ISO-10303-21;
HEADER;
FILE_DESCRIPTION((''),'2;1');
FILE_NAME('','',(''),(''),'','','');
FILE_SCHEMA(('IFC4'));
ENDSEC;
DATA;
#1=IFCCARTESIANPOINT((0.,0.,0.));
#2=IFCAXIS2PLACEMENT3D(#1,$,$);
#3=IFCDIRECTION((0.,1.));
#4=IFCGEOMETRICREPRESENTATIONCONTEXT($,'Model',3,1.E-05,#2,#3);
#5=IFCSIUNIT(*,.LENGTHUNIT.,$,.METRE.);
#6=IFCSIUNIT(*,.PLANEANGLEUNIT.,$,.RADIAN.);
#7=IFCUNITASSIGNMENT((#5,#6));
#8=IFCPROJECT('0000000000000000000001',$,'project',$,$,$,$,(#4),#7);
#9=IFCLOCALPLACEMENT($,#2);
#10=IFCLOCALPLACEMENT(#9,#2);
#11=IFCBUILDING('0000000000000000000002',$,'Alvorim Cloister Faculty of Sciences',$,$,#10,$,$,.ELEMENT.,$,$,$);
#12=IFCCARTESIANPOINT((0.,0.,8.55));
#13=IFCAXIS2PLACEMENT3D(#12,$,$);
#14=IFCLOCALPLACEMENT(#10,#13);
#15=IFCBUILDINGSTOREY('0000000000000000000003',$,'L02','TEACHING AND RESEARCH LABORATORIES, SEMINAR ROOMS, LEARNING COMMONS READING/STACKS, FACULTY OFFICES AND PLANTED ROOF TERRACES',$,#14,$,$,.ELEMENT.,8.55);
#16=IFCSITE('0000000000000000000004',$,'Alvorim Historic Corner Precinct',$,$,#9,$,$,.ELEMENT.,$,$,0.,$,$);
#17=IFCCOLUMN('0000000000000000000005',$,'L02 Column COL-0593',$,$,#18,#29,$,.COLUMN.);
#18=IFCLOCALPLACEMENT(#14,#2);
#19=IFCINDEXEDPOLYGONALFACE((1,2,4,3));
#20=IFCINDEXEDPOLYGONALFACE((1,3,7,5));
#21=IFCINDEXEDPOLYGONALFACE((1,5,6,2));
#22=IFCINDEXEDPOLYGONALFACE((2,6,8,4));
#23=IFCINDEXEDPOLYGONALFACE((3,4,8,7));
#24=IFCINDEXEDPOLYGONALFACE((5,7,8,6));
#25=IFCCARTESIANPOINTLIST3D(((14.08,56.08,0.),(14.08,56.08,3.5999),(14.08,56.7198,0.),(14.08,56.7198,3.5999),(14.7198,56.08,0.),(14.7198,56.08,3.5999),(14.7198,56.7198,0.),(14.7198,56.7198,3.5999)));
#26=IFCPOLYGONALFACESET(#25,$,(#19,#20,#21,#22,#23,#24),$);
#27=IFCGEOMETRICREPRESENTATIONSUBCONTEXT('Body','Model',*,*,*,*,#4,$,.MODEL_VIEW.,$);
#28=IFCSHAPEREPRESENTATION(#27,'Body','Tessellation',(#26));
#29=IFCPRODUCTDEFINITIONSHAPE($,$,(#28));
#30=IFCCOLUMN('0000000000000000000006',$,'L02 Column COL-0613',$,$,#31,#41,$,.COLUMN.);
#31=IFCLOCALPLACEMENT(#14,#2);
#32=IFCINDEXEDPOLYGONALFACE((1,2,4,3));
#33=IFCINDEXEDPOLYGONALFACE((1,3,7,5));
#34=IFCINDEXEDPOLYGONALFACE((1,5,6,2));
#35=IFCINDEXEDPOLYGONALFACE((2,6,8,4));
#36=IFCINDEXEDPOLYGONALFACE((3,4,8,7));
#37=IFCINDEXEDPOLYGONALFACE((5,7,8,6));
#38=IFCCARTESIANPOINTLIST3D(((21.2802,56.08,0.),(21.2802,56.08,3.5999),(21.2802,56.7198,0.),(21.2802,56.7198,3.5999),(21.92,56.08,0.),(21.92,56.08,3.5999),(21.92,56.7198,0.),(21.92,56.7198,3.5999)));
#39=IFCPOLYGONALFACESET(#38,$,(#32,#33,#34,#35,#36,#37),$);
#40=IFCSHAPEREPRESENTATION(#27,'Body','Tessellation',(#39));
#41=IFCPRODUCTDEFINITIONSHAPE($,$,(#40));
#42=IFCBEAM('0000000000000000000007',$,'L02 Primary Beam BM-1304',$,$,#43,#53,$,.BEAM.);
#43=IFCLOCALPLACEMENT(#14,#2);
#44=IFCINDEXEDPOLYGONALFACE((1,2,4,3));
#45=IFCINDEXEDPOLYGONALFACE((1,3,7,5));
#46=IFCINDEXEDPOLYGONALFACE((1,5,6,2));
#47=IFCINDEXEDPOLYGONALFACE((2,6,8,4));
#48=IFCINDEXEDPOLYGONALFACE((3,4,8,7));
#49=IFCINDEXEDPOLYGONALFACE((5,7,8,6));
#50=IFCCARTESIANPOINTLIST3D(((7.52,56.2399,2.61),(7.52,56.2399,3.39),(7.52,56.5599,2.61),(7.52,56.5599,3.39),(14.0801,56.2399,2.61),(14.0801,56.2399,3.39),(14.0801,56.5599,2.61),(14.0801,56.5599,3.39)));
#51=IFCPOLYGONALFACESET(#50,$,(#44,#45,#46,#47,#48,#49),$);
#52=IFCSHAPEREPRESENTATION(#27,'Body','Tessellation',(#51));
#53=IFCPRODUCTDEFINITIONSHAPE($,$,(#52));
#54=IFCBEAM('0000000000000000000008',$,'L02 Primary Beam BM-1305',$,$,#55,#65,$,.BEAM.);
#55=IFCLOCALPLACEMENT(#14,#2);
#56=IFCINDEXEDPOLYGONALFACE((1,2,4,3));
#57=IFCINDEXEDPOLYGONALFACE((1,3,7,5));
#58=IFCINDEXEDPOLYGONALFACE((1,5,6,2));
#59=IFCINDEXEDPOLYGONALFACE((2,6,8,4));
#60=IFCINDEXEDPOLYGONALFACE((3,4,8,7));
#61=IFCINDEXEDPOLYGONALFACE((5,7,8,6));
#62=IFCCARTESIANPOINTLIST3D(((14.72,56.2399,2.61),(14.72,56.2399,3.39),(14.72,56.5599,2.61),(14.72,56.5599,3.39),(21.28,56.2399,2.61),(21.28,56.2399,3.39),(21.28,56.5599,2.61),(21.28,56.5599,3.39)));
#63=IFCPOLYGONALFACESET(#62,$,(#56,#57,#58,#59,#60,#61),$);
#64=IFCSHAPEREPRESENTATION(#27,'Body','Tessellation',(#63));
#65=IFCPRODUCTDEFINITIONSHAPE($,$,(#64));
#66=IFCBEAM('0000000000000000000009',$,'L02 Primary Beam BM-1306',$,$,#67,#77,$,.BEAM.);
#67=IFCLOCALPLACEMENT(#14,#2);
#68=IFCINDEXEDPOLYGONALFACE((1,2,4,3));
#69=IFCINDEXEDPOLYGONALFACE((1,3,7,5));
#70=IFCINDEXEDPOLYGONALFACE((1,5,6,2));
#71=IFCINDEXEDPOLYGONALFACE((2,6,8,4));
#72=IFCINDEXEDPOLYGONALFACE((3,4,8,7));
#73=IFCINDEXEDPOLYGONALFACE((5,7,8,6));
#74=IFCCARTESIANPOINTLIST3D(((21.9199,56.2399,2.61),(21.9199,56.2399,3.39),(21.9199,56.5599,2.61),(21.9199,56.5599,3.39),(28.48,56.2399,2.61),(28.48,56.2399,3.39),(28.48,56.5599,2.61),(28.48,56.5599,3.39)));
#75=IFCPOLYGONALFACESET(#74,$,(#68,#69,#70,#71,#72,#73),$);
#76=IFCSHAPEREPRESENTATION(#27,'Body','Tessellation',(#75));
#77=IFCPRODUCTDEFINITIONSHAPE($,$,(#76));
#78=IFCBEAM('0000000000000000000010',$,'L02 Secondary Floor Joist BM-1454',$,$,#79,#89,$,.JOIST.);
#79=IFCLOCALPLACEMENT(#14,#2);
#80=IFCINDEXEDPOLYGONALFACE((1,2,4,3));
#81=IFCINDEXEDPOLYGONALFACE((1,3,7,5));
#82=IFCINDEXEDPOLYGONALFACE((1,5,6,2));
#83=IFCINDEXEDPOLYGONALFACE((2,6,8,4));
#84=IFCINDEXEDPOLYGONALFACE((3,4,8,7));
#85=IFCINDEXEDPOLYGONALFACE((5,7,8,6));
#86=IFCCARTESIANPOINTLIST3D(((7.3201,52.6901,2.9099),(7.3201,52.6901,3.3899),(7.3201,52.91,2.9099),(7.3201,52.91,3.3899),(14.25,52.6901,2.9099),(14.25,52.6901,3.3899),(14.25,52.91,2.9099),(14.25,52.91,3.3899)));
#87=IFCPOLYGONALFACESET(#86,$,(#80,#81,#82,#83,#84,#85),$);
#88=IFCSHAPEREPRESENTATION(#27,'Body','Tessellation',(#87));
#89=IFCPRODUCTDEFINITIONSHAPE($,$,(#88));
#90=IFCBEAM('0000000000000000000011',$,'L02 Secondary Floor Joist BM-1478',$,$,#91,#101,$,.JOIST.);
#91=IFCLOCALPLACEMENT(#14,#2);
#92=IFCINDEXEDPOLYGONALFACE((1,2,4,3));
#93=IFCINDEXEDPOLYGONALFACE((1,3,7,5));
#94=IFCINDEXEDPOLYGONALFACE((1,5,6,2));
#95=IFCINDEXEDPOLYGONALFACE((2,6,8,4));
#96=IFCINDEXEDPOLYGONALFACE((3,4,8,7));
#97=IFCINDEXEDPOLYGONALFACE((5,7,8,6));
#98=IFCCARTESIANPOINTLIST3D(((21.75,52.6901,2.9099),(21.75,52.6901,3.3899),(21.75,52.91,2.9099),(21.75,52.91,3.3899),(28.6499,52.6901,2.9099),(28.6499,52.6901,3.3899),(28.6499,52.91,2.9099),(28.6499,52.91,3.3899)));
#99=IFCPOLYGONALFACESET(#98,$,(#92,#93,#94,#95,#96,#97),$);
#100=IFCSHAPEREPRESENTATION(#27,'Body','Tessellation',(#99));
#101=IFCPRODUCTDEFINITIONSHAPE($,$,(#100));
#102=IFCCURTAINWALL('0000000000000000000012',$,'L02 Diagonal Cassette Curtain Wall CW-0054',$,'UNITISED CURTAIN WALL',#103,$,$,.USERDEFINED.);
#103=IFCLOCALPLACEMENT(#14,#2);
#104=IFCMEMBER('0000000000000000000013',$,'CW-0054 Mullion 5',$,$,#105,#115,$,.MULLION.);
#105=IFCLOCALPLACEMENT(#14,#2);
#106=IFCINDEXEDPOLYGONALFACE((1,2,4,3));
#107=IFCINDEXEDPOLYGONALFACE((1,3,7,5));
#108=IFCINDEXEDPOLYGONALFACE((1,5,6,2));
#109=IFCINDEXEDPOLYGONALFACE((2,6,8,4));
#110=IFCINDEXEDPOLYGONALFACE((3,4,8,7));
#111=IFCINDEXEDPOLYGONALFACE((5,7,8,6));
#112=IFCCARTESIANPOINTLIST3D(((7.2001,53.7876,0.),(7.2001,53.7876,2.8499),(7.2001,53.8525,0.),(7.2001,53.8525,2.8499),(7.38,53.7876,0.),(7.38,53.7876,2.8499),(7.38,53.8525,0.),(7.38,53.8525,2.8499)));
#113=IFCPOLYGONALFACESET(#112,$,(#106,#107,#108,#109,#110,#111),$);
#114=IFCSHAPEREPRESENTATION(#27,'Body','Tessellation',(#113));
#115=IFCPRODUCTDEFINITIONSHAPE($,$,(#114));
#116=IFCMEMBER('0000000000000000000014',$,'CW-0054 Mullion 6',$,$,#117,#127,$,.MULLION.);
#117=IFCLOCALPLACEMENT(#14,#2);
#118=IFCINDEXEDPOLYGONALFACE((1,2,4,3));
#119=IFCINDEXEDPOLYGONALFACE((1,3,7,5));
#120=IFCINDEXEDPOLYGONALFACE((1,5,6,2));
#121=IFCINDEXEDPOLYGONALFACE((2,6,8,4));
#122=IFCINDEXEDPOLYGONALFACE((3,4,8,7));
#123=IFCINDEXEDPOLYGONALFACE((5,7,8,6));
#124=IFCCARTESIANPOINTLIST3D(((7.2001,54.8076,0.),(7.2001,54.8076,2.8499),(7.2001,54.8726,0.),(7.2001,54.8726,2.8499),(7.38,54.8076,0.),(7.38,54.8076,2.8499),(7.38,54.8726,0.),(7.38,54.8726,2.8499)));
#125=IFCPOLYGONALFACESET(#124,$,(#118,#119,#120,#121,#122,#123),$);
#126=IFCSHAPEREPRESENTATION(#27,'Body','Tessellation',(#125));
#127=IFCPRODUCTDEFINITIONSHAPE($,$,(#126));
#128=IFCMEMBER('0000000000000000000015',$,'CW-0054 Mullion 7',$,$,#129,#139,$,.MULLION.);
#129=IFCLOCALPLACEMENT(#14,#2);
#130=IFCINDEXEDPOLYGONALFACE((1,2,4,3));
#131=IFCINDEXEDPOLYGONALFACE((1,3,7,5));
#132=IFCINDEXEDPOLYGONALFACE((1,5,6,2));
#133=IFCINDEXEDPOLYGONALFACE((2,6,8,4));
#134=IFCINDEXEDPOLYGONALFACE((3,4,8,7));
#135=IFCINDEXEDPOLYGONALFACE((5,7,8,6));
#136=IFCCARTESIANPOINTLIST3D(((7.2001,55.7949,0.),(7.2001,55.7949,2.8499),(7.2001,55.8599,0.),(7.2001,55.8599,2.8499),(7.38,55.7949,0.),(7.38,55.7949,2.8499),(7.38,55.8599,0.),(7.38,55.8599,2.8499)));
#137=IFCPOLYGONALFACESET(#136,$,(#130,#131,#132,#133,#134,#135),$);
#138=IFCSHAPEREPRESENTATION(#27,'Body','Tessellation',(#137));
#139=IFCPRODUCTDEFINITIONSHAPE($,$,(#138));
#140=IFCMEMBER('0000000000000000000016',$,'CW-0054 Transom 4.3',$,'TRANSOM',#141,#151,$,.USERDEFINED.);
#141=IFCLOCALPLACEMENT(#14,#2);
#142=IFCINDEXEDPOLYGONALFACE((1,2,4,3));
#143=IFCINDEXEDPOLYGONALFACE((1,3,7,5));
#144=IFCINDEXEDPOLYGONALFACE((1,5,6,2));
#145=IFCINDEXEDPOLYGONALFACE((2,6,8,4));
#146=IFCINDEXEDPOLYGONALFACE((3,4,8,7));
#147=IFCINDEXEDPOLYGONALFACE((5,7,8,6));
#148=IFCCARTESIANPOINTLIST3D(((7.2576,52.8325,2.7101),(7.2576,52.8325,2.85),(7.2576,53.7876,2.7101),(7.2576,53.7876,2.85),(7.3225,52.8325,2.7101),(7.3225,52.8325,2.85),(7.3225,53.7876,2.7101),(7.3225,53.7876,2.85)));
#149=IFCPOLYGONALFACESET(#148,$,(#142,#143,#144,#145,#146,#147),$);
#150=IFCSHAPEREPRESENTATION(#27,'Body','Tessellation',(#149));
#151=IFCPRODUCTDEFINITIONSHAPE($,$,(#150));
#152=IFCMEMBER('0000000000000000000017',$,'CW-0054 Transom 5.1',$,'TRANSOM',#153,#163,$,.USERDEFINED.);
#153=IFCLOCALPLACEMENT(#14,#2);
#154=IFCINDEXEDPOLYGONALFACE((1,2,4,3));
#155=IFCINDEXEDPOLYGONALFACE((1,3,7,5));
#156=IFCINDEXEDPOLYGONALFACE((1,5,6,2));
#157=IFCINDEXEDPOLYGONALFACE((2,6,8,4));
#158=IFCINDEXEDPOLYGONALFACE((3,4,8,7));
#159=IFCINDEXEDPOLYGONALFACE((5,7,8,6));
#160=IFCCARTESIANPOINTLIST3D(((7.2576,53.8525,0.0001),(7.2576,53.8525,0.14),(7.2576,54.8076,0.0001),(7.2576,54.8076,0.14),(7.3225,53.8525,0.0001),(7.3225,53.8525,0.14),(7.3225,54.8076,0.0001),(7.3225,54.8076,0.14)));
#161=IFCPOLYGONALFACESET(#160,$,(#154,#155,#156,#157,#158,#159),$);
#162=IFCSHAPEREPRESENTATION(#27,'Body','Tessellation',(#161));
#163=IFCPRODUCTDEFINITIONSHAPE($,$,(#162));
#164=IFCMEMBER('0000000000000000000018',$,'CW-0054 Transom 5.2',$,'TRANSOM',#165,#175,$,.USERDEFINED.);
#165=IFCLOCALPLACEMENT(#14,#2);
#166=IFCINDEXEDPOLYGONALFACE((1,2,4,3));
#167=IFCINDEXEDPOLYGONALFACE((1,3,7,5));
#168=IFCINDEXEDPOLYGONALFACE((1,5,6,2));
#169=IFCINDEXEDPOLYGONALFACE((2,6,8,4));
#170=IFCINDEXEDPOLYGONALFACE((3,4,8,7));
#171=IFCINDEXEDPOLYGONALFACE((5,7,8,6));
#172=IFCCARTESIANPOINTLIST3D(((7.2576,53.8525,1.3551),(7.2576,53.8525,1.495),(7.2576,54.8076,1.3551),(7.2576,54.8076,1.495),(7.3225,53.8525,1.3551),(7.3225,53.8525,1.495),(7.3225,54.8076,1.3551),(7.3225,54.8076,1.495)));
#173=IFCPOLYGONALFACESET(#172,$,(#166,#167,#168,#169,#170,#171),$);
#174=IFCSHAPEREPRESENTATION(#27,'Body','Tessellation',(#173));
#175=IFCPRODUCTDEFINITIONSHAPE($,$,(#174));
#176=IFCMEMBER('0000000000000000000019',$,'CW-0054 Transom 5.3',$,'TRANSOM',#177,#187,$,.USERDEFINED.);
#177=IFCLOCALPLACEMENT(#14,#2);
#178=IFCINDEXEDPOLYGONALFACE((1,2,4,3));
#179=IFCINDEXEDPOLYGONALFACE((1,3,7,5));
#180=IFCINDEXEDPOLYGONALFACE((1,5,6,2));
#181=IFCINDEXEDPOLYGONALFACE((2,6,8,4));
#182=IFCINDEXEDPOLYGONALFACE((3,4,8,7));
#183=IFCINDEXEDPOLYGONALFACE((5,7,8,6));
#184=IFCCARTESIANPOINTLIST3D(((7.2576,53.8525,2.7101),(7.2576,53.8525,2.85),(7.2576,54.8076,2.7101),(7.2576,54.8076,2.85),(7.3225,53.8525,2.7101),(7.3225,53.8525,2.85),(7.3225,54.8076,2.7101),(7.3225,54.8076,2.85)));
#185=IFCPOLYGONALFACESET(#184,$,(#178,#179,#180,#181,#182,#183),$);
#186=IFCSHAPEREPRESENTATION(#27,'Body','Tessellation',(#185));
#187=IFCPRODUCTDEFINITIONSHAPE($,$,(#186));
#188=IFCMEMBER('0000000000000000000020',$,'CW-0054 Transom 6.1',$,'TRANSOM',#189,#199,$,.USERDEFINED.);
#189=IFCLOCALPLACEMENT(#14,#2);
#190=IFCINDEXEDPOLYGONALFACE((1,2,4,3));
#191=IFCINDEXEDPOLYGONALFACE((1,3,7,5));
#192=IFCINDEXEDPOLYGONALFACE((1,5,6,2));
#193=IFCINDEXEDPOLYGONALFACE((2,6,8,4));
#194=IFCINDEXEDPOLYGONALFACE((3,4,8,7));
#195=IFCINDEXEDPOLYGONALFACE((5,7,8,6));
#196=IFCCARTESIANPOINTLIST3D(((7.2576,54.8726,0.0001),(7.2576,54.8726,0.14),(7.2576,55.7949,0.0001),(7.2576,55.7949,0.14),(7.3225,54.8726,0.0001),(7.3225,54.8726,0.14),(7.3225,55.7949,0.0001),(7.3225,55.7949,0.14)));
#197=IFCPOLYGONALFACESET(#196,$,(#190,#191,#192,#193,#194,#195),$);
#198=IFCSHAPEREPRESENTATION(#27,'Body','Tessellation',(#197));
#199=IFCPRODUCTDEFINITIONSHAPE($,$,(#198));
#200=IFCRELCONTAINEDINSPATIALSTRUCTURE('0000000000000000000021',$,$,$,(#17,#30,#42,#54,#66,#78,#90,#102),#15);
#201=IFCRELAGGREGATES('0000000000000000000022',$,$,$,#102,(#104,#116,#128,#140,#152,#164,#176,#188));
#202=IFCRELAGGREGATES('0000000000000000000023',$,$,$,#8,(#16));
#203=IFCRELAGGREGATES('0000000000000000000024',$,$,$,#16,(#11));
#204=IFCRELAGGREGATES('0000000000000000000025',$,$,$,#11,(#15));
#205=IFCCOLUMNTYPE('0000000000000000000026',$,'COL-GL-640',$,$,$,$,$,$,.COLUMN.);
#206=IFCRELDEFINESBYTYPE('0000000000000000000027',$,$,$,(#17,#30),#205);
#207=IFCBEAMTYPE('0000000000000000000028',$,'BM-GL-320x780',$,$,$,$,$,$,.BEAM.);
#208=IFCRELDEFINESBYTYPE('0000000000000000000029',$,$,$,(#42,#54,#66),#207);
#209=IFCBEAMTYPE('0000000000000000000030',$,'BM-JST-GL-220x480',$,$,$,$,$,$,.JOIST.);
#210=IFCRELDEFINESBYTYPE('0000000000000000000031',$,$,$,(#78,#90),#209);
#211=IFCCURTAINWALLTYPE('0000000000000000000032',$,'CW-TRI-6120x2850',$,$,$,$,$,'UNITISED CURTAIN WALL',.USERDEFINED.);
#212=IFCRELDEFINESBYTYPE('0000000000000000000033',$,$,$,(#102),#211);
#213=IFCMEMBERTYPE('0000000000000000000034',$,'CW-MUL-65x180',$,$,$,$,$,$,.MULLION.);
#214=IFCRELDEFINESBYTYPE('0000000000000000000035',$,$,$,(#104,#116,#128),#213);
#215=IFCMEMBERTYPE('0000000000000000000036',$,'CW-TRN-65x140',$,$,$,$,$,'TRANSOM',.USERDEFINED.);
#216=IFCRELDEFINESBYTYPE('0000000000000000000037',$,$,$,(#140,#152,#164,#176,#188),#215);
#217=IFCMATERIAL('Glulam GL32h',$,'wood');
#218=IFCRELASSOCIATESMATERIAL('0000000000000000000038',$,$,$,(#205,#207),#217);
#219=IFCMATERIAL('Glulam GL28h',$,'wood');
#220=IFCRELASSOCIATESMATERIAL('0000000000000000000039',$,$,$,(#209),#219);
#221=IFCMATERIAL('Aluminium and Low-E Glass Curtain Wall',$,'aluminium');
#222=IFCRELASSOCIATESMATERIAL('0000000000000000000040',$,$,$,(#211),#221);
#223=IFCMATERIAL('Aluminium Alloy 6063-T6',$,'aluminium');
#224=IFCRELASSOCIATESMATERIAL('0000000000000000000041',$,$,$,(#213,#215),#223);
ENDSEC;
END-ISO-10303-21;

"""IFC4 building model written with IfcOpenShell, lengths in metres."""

from ifc_helpers import new_model, si_unit, direction, frame, origin, origin_2d, place, context, subcontext, project, spatial, rectangle, extrude, material, material_profile, profile_set, type_object, element, aggregate, save


model = new_model("IFC4")

# Units and contexts
model_context = context("Model", 3, precision=1e-05, world=origin(), true_north=direction((0.0, 1.0)))
body_context = subcontext(model_context, "Body", "Model", "MODEL_VIEW")
ifc_project = project(units=[si_unit("LENGTHUNIT", "METRE"), si_unit("PLANEANGLEUNIT", "RADIAN")], contexts=[model_context])

# Site, building, storey
site_placement = place(None, origin())
site = spatial("IfcSite", under=ifc_project, at=site_placement, Name="Alvorim Historic Corner Precinct", CompositionType="ELEMENT", RefElevation=0.0)
building_placement = place(site_placement, origin())
building = spatial("IfcBuilding", under=site, at=building_placement, Name="Alvorim Cloister Faculty of Sciences", CompositionType="ELEMENT")
storey_placement = place(building_placement, frame((0.0, 0.0, 8.55)))
storey = spatial("IfcBuildingStorey", under=building, at=storey_placement, Name="L02", Description="TEACHING AND RESEARCH LABORATORIES, SEMINAR ROOMS, LEARNING COMMONS READING/STACKS, FACULTY OFFICES AND PLANTED ROOF TERRACES", CompositionType="ELEMENT", Elevation=8.55)

# Columns
ifc_material_1 = material(Name="Glulam GL32h", Category="wood")
ifc_material_profile_1 = material_profile(ifc_material_1, rectangle(XDim=0.6399, YDim=0.6399, at=origin_2d()), Name="GL32-COL-640x640")
ifc_profile_set_1 = profile_set([ifc_material_profile_1], Name="Glulam GL32h")
column_type = type_object("IfcColumnType", Name="COL-GL-640", PredefinedType="COLUMN", material=ifc_profile_set_1)
for number, where, z_axis, x_axis, name in (
    (1, (14.3999, 56.3999, 0.0), (0.0, 0.0, 1.0), (1.0, 0.0, 0.0), "L02 Column COL-0593"),
    (2, (21.6001, 56.3999, 0.0), (0.0, 0.0, 1.0), (1.0, 0.0, 0.0), "L02 Column COL-0613"),
):
    element("IfcColumn", number, at=place(storey_placement, frame(where, z_axis=z_axis, x_axis=x_axis)), inside=storey, type_object=column_type, Name=name, PredefinedType="COLUMN", context=body_context, shape_type="SweptSolid", body=[
        extrude(rectangle(XDim=0.6399, YDim=0.6399, at=origin_2d()), origin(), (0.0, 0.0, 1.0), 3.5999),
    ])

# Beams
ifc_material_profile_2 = material_profile(ifc_material_1, rectangle(XDim=0.3201, YDim=0.78, at=origin_2d()), Name="GL32-BM-320x780")
ifc_profile_set_2 = profile_set([ifc_material_profile_2], Name="Glulam GL32h")
beam_type_1 = type_object("IfcBeamType", Name="BM-GL-320x780", PredefinedType="BEAM", material=ifc_profile_set_2)
for number, where, z_axis, x_axis, name in (
    (3, (7.52, 56.3999, 3.0), (1.0, 0.0, 0.0), (0.0, 1.0, 0.0), "L02 Primary Beam BM-1304"),
    (4, (14.72, 56.3999, 3.0), (1.0, 0.0, 0.0), (0.0, 1.0, 0.0), "L02 Primary Beam BM-1305"),
    (5, (21.9199, 56.3999, 3.0), (1.0, 0.0, 0.0), (0.0, 1.0, 0.0), "L02 Primary Beam BM-1306"),
):
    element("IfcBeam", number, at=place(storey_placement, frame(where, z_axis=z_axis, x_axis=x_axis)), inside=storey, type_object=beam_type_1, Name=name, PredefinedType="BEAM", context=body_context, shape_type="SweptSolid", body=[
        extrude(rectangle(XDim=0.3201, YDim=0.78, at=origin_2d()), origin(), (0.0, 0.0, 1.0), 6.5601),
    ])
ifc_material_2 = material(Name="Glulam GL28h", Category="wood")
ifc_material_profile_3 = material_profile(ifc_material_2, rectangle(XDim=0.22, YDim=0.48, at=origin_2d()), Name="GL28-JST-220x480")
ifc_profile_set_3 = profile_set([ifc_material_profile_3], Name="Glulam GL28h")
beam_type_2 = type_object("IfcBeamType", Name="BM-JST-GL-220x480", PredefinedType="JOIST", material=ifc_profile_set_3)
beam_1_placement = place(storey_placement, frame((7.3201, 52.8, 3.1499), z_axis=(1.0, 0.0, 0.0), x_axis=(0.0, 1.0, 0.0)))
element("IfcBeam", 6, at=beam_1_placement, inside=storey, type_object=beam_type_2, Name="L02 Secondary Floor Joist BM-1454", PredefinedType="JOIST", context=body_context, shape_type="SweptSolid", body=[
    extrude(rectangle(XDim=0.22, YDim=0.48, at=origin_2d()), origin(), (0.0, 0.0, 1.0), 6.9299),
])
beam_2_placement = place(storey_placement, frame((21.75, 52.8, 3.1499), z_axis=(1.0, 0.0, 0.0), x_axis=(0.0, 1.0, 0.0)))
element("IfcBeam", 7, at=beam_2_placement, inside=storey, type_object=beam_type_2, Name="L02 Secondary Floor Joist BM-1478", PredefinedType="JOIST", context=body_context, shape_type="SweptSolid", body=[
    extrude(rectangle(XDim=0.22, YDim=0.48, at=origin_2d()), origin(), (0.0, 0.0, 1.0), 6.8999),
])

# Curtain wall, members
ifc_material_3 = material(Name="Aluminium and Low-E Glass Curtain Wall", Category="aluminium")
curtain_wall_type = type_object("IfcCurtainWallType", Name="CW-TRI-6120x2850", ElementType="UNITISED CURTAIN WALL", PredefinedType="USERDEFINED", material=ifc_material_3)
curtain_wall_placement = place(storey_placement, origin())
curtain_wall = element("IfcCurtainWall", 8, at=curtain_wall_placement, inside=storey, type_object=curtain_wall_type, Name="L02 Diagonal Cassette Curtain Wall CW-0054", ObjectType="UNITISED CURTAIN WALL", PredefinedType="USERDEFINED")
ifc_material_4 = material(Name="Aluminium Alloy 6063-T6", Category="aluminium")
ifc_material_profile_4 = material_profile(ifc_material_4, rectangle(XDim=0.0649, YDim=0.1799, at=origin_2d()), Name="ALU-MUL-65x180")
ifc_profile_set_4 = profile_set([ifc_material_profile_4], Name="Aluminium Alloy 6063-T6")
member_type_1 = type_object("IfcMemberType", Name="CW-MUL-65x180", PredefinedType="MULLION", material=ifc_profile_set_4)
member_1_placement = place(storey_placement, frame((7.29, 53.8201, 0.0), z_axis=(0.0, 0.0, 1.0), x_axis=(0.0, 1.0, 0.0)))
member_1 = element("IfcMember", 9, at=member_1_placement, type_object=member_type_1, Name="CW-0054 Mullion 5", PredefinedType="MULLION", context=body_context, shape_type="SweptSolid", body=[
    extrude(rectangle(XDim=0.0649, YDim=0.1799, at=origin_2d()), origin(), (0.0, 0.0, 1.0), 2.8499),
])
member_2_placement = place(storey_placement, frame((7.29, 54.8401, 0.0), z_axis=(0.0, 0.0, 1.0), x_axis=(0.0, 1.0, 0.0)))
member_2 = element("IfcMember", 10, at=member_2_placement, type_object=member_type_1, Name="CW-0054 Mullion 6", PredefinedType="MULLION", context=body_context, shape_type="SweptSolid", body=[
    extrude(rectangle(XDim=0.0649, YDim=0.1799, at=origin_2d()), origin(), (0.0, 0.0, 1.0), 2.8499),
])
member_3_placement = place(storey_placement, frame((7.29, 55.8274, 0.0), z_axis=(0.0, 0.0, 1.0), x_axis=(0.0, 1.0, 0.0)))
member_3 = element("IfcMember", 11, at=member_3_placement, type_object=member_type_1, Name="CW-0054 Mullion 7", PredefinedType="MULLION", context=body_context, shape_type="SweptSolid", body=[
    extrude(rectangle(XDim=0.0649, YDim=0.1799, at=origin_2d()), origin(), (0.0, 0.0, 1.0), 2.8499),
])
ifc_material_profile_5 = material_profile(ifc_material_4, rectangle(XDim=0.0649, YDim=0.1399, at=origin_2d()), Name="ALU-TRN-65x140")
ifc_profile_set_5 = profile_set([ifc_material_profile_5], Name="Aluminium Alloy 6063-T6")
member_type_2 = type_object("IfcMemberType", Name="CW-TRN-65x140", ElementType="TRANSOM", PredefinedType="USERDEFINED", material=ifc_profile_set_5)
member_4_placement = place(storey_placement, frame((7.29, 52.8325, 2.78), z_axis=(0.0, 1.0, 0.0), x_axis=(-1.0, 0.0, 0.0)))
member_4 = element("IfcMember", 12, at=member_4_placement, type_object=member_type_2, Name="CW-0054 Transom 4.3", ObjectType="TRANSOM", PredefinedType="USERDEFINED", context=body_context, shape_type="SweptSolid", body=[
    extrude(rectangle(XDim=0.0649, YDim=0.1399, at=origin_2d()), origin(), (0.0, 0.0, 1.0), 0.9551),
])
member_5_placement = place(storey_placement, frame((7.29, 53.8525, 0.0701), z_axis=(0.0, 1.0, 0.0), x_axis=(-1.0, 0.0, 0.0)))
member_5 = element("IfcMember", 13, at=member_5_placement, type_object=member_type_2, Name="CW-0054 Transom 5.1", ObjectType="TRANSOM", PredefinedType="USERDEFINED", context=body_context, shape_type="SweptSolid", body=[
    extrude(rectangle(XDim=0.0649, YDim=0.1399, at=origin_2d()), origin(), (0.0, 0.0, 1.0), 0.9551),
])
member_6_placement = place(storey_placement, frame((7.29, 53.8525, 1.425), z_axis=(0.0, 1.0, 0.0), x_axis=(-1.0, 0.0, 0.0)))
member_6 = element("IfcMember", 14, at=member_6_placement, type_object=member_type_2, Name="CW-0054 Transom 5.2", ObjectType="TRANSOM", PredefinedType="USERDEFINED", context=body_context, shape_type="SweptSolid", body=[
    extrude(rectangle(XDim=0.0649, YDim=0.1399, at=origin_2d()), origin(), (0.0, 0.0, 1.0), 0.9551),
])
member_7_placement = place(storey_placement, frame((7.29, 53.8525, 2.78), z_axis=(0.0, 1.0, 0.0), x_axis=(-1.0, 0.0, 0.0)))
member_7 = element("IfcMember", 15, at=member_7_placement, type_object=member_type_2, Name="CW-0054 Transom 5.3", ObjectType="TRANSOM", PredefinedType="USERDEFINED", context=body_context, shape_type="SweptSolid", body=[
    extrude(rectangle(XDim=0.0649, YDim=0.1399, at=origin_2d()), origin(), (0.0, 0.0, 1.0), 0.9551),
])
member_8_placement = place(storey_placement, frame((7.29, 54.8726, 0.0701), z_axis=(0.0, 1.0, 0.0), x_axis=(-1.0, 0.0, 0.0)))
member_8 = element("IfcMember", 16, at=member_8_placement, type_object=member_type_2, Name="CW-0054 Transom 6.1", ObjectType="TRANSOM", PredefinedType="USERDEFINED", context=body_context, shape_type="SweptSolid", body=[
    extrude(rectangle(XDim=0.0649, YDim=0.1399, at=origin_2d()), origin(), (0.0, 0.0, 1.0), 0.9224),
])
aggregate(curtain_wall, [member_1, member_2, member_3, member_4, member_5, member_6, member_7, member_8])

save(model, "model.ifc")
